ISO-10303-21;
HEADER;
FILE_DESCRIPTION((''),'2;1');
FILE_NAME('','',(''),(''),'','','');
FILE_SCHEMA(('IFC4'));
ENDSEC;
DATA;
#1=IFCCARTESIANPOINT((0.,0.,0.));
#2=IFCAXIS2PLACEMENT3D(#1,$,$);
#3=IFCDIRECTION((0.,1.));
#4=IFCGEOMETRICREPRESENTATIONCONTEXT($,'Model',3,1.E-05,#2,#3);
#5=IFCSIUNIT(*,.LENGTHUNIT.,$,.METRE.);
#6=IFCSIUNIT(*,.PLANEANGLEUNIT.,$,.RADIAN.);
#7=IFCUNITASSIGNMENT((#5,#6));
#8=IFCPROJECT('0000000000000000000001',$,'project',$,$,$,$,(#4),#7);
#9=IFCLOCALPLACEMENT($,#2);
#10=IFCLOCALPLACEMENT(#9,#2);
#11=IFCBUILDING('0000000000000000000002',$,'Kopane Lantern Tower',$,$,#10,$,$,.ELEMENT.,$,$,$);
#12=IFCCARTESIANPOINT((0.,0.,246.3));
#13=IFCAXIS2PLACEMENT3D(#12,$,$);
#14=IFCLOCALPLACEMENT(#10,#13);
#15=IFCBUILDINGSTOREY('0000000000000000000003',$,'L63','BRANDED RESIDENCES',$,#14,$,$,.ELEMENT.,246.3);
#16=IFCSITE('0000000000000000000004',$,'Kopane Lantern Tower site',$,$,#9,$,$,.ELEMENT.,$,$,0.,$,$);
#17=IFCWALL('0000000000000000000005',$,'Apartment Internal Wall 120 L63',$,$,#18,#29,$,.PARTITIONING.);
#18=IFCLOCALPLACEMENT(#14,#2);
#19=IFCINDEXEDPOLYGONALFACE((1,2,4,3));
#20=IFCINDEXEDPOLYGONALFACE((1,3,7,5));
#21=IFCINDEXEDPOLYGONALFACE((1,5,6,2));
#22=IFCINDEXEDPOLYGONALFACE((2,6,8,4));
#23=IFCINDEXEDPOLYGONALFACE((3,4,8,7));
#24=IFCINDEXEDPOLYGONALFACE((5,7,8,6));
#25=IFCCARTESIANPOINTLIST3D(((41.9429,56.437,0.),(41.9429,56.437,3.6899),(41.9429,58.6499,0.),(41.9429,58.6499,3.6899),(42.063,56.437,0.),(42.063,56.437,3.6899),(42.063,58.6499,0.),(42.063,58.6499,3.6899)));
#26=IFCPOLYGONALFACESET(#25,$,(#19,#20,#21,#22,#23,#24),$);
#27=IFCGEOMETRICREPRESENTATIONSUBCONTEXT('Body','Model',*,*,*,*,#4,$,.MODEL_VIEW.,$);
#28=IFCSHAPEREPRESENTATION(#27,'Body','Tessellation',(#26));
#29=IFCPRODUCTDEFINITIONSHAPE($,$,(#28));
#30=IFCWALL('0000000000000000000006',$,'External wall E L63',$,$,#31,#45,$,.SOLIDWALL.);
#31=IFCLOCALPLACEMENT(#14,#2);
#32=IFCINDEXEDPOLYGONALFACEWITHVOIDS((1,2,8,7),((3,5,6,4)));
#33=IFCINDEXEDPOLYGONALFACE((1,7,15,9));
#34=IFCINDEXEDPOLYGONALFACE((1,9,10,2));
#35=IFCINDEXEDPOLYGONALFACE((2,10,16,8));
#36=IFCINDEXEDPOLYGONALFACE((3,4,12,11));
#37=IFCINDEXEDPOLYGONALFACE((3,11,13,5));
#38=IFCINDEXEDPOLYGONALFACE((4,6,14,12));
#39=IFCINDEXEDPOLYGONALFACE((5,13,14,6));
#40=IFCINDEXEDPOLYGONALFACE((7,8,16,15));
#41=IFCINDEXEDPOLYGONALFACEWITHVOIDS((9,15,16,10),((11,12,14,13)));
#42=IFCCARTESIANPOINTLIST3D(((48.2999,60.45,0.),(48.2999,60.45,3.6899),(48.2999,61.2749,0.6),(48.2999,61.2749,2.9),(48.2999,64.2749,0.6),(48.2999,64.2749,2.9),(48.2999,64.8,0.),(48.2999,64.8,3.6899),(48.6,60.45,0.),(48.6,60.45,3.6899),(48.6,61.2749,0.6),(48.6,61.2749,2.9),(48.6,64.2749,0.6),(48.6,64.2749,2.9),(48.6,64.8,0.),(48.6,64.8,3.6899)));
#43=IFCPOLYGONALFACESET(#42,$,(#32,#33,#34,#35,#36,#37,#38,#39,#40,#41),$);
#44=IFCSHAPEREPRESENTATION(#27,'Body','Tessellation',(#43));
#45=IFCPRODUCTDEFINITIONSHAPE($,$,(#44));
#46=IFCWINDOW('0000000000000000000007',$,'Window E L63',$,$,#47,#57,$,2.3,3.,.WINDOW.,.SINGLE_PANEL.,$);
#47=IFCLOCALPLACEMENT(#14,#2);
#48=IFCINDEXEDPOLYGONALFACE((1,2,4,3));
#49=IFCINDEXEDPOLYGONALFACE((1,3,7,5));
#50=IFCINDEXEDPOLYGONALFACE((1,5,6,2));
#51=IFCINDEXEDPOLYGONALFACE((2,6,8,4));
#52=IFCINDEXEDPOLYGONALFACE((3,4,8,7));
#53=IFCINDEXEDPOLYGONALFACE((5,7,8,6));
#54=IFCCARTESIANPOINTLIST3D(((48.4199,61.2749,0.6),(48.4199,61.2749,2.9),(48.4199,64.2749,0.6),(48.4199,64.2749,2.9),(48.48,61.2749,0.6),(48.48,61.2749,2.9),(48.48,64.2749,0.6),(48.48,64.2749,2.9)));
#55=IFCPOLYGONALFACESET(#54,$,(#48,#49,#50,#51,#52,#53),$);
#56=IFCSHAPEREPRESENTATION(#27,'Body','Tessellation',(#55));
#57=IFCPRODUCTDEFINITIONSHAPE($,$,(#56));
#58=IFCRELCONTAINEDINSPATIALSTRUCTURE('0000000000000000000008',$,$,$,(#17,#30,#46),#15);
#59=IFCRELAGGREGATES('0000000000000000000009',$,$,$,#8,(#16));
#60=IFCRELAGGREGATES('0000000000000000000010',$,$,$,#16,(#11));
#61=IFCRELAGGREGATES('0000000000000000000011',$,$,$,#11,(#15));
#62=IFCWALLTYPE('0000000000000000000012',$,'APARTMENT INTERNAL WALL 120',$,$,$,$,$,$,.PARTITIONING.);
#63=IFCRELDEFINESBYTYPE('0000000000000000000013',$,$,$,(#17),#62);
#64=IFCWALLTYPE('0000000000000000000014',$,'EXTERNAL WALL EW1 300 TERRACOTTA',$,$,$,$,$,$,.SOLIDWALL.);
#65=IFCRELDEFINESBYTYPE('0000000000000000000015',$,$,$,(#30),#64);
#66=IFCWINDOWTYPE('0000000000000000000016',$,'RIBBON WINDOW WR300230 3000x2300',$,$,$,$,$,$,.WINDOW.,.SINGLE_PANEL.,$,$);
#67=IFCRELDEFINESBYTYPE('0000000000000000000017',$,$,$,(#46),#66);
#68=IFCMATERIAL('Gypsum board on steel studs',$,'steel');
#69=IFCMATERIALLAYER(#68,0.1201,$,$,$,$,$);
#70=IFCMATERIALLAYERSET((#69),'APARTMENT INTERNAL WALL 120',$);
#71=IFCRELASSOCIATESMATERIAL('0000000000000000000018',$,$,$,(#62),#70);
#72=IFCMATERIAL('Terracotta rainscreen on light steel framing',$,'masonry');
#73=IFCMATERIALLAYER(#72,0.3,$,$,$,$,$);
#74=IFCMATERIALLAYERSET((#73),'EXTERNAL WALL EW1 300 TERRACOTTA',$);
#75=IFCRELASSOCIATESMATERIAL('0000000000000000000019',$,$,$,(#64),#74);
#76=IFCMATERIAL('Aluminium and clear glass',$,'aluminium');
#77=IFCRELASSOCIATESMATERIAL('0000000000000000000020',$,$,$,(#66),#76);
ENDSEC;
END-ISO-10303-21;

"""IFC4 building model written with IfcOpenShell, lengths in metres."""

from ifc_helpers import new_model, si_unit, direction, frame, frame_2d, origin, place, context, subcontext, project, spatial, rectangle, extrude, material, layer, layer_set, type_object, element, fill, save


model = new_model("IFC4")

# Units and contexts
model_context = context("Model", 3, precision=1e-05, world=origin(), true_north=direction((0.0, 1.0)))
body_context = subcontext(model_context, "Body", "Model", "MODEL_VIEW")
ifc_project = project(units=[si_unit("LENGTHUNIT", "METRE"), si_unit("PLANEANGLEUNIT", "RADIAN")], contexts=[model_context])

# Site, building, storey
site_placement = place(None, origin())
site = spatial("IfcSite", under=ifc_project, at=site_placement, Name="Kopane Lantern Tower site", CompositionType="ELEMENT", RefElevation=0.0)
building_placement = place(site_placement, origin())
building = spatial("IfcBuilding", under=site, at=building_placement, Name="Kopane Lantern Tower", CompositionType="ELEMENT")
storey_placement = place(building_placement, frame((0.0, 0.0, 246.3)))
storey = spatial("IfcBuildingStorey", under=building, at=storey_placement, Name="L63", Description="BRANDED RESIDENCES", CompositionType="ELEMENT", Elevation=246.3)

# Shared definitions
ifc_material_1 = material(Name="Gypsum board on steel studs", Category="steel")
ifc_layer_1 = layer(ifc_material_1, 0.1201)
ifc_layer_set_1 = layer_set([ifc_layer_1], Name="APARTMENT INTERNAL WALL 120")
wall_type_1 = type_object("IfcWallType", Name="APARTMENT INTERNAL WALL 120", PredefinedType="PARTITIONING", material=ifc_layer_set_1)

# Wall
wall_1_placement = place(storey_placement, frame((42.0029, 58.6499, 0.0), z_axis=(0.0, 0.0, 1.0), x_axis=(0.0, -1.0, 0.0)))
element("IfcWall", 1, at=wall_1_placement, inside=storey, type_object=wall_type_1, Name="Apartment Internal Wall 120 L63", PredefinedType="PARTITIONING", context=body_context, shape_type="SweptSolid", body=[
    extrude(rectangle(XDim=2.2129, YDim=0.1201, at=frame_2d((1.1064, 0.0))), origin(), (0.0, 0.0, 1.0), 3.6899),
])

# Wall, opening, window
ifc_material_2 = material(Name="Terracotta rainscreen on light steel framing", Category="masonry")
ifc_layer_2 = layer(ifc_material_2, 0.3)
ifc_layer_set_2 = layer_set([ifc_layer_2], Name="EXTERNAL WALL EW1 300 TERRACOTTA")
wall_type_2 = type_object("IfcWallType", Name="EXTERNAL WALL EW1 300 TERRACOTTA", PredefinedType="SOLIDWALL", material=ifc_layer_set_2)
wall_2_placement = place(storey_placement, frame((48.45, 60.45, 0.0), z_axis=(0.0, 0.0, 1.0), x_axis=(0.0, 1.0, 0.0)))
wall_2 = element("IfcWall", 2, at=wall_2_placement, inside=storey, type_object=wall_type_2, Name="External wall E L63", PredefinedType="SOLIDWALL", context=body_context, shape_type="SweptSolid", body=[
    extrude(rectangle(XDim=4.3501, YDim=0.3, at=frame_2d((2.175, 0.0))), origin(), (0.0, 0.0, 1.0), 3.6899),
])
opening_1_placement = place(wall_2_placement, frame((0.825, 0.0, 0.6001)))
opening_1 = element("IfcOpeningElement", 3, at=opening_1_placement, cuts=wall_2, PredefinedType="OPENING", context=body_context, shape_type="SweptSolid", body=[
    extrude(rectangle(XDim=3.0, YDim=2.3, at=frame_2d((1.5, 1.1499))), frame((0.0, 0.1599, 0.0), z_axis=(0.0, -1.0, 0.0), x_axis=(1.0, 0.0, 0.0)), (0.0, 0.0, 1.0), 0.3201),
])
ifc_material_3 = material(Name="Aluminium and clear glass", Category="aluminium")
window_type_1 = type_object("IfcWindowType", Name="RIBBON WINDOW WR300230 3000x2300", PartitioningType="SINGLE_PANEL", PredefinedType="WINDOW", material=ifc_material_3)
window_1_placement = place(opening_1_placement, origin())
window_1 = element("IfcWindow", 4, at=window_1_placement, inside=storey, type_object=window_type_1, Name="Window E L63", OverallHeight=2.3, OverallWidth=3.0, PartitioningType="SINGLE_PANEL", PredefinedType="WINDOW", context=body_context, shape_type="SweptSolid", body=[
    extrude(rectangle(XDim=3.0, YDim=2.3, at=frame_2d((1.5, 1.1499))), frame((0.0, 0.03, 0.0), z_axis=(0.0, -1.0, 0.0), x_axis=(1.0, 0.0, 0.0)), (0.0, 0.0, 1.0), 0.0601),
])
fill(opening_1, window_1)

save(model, "model.ifc")
